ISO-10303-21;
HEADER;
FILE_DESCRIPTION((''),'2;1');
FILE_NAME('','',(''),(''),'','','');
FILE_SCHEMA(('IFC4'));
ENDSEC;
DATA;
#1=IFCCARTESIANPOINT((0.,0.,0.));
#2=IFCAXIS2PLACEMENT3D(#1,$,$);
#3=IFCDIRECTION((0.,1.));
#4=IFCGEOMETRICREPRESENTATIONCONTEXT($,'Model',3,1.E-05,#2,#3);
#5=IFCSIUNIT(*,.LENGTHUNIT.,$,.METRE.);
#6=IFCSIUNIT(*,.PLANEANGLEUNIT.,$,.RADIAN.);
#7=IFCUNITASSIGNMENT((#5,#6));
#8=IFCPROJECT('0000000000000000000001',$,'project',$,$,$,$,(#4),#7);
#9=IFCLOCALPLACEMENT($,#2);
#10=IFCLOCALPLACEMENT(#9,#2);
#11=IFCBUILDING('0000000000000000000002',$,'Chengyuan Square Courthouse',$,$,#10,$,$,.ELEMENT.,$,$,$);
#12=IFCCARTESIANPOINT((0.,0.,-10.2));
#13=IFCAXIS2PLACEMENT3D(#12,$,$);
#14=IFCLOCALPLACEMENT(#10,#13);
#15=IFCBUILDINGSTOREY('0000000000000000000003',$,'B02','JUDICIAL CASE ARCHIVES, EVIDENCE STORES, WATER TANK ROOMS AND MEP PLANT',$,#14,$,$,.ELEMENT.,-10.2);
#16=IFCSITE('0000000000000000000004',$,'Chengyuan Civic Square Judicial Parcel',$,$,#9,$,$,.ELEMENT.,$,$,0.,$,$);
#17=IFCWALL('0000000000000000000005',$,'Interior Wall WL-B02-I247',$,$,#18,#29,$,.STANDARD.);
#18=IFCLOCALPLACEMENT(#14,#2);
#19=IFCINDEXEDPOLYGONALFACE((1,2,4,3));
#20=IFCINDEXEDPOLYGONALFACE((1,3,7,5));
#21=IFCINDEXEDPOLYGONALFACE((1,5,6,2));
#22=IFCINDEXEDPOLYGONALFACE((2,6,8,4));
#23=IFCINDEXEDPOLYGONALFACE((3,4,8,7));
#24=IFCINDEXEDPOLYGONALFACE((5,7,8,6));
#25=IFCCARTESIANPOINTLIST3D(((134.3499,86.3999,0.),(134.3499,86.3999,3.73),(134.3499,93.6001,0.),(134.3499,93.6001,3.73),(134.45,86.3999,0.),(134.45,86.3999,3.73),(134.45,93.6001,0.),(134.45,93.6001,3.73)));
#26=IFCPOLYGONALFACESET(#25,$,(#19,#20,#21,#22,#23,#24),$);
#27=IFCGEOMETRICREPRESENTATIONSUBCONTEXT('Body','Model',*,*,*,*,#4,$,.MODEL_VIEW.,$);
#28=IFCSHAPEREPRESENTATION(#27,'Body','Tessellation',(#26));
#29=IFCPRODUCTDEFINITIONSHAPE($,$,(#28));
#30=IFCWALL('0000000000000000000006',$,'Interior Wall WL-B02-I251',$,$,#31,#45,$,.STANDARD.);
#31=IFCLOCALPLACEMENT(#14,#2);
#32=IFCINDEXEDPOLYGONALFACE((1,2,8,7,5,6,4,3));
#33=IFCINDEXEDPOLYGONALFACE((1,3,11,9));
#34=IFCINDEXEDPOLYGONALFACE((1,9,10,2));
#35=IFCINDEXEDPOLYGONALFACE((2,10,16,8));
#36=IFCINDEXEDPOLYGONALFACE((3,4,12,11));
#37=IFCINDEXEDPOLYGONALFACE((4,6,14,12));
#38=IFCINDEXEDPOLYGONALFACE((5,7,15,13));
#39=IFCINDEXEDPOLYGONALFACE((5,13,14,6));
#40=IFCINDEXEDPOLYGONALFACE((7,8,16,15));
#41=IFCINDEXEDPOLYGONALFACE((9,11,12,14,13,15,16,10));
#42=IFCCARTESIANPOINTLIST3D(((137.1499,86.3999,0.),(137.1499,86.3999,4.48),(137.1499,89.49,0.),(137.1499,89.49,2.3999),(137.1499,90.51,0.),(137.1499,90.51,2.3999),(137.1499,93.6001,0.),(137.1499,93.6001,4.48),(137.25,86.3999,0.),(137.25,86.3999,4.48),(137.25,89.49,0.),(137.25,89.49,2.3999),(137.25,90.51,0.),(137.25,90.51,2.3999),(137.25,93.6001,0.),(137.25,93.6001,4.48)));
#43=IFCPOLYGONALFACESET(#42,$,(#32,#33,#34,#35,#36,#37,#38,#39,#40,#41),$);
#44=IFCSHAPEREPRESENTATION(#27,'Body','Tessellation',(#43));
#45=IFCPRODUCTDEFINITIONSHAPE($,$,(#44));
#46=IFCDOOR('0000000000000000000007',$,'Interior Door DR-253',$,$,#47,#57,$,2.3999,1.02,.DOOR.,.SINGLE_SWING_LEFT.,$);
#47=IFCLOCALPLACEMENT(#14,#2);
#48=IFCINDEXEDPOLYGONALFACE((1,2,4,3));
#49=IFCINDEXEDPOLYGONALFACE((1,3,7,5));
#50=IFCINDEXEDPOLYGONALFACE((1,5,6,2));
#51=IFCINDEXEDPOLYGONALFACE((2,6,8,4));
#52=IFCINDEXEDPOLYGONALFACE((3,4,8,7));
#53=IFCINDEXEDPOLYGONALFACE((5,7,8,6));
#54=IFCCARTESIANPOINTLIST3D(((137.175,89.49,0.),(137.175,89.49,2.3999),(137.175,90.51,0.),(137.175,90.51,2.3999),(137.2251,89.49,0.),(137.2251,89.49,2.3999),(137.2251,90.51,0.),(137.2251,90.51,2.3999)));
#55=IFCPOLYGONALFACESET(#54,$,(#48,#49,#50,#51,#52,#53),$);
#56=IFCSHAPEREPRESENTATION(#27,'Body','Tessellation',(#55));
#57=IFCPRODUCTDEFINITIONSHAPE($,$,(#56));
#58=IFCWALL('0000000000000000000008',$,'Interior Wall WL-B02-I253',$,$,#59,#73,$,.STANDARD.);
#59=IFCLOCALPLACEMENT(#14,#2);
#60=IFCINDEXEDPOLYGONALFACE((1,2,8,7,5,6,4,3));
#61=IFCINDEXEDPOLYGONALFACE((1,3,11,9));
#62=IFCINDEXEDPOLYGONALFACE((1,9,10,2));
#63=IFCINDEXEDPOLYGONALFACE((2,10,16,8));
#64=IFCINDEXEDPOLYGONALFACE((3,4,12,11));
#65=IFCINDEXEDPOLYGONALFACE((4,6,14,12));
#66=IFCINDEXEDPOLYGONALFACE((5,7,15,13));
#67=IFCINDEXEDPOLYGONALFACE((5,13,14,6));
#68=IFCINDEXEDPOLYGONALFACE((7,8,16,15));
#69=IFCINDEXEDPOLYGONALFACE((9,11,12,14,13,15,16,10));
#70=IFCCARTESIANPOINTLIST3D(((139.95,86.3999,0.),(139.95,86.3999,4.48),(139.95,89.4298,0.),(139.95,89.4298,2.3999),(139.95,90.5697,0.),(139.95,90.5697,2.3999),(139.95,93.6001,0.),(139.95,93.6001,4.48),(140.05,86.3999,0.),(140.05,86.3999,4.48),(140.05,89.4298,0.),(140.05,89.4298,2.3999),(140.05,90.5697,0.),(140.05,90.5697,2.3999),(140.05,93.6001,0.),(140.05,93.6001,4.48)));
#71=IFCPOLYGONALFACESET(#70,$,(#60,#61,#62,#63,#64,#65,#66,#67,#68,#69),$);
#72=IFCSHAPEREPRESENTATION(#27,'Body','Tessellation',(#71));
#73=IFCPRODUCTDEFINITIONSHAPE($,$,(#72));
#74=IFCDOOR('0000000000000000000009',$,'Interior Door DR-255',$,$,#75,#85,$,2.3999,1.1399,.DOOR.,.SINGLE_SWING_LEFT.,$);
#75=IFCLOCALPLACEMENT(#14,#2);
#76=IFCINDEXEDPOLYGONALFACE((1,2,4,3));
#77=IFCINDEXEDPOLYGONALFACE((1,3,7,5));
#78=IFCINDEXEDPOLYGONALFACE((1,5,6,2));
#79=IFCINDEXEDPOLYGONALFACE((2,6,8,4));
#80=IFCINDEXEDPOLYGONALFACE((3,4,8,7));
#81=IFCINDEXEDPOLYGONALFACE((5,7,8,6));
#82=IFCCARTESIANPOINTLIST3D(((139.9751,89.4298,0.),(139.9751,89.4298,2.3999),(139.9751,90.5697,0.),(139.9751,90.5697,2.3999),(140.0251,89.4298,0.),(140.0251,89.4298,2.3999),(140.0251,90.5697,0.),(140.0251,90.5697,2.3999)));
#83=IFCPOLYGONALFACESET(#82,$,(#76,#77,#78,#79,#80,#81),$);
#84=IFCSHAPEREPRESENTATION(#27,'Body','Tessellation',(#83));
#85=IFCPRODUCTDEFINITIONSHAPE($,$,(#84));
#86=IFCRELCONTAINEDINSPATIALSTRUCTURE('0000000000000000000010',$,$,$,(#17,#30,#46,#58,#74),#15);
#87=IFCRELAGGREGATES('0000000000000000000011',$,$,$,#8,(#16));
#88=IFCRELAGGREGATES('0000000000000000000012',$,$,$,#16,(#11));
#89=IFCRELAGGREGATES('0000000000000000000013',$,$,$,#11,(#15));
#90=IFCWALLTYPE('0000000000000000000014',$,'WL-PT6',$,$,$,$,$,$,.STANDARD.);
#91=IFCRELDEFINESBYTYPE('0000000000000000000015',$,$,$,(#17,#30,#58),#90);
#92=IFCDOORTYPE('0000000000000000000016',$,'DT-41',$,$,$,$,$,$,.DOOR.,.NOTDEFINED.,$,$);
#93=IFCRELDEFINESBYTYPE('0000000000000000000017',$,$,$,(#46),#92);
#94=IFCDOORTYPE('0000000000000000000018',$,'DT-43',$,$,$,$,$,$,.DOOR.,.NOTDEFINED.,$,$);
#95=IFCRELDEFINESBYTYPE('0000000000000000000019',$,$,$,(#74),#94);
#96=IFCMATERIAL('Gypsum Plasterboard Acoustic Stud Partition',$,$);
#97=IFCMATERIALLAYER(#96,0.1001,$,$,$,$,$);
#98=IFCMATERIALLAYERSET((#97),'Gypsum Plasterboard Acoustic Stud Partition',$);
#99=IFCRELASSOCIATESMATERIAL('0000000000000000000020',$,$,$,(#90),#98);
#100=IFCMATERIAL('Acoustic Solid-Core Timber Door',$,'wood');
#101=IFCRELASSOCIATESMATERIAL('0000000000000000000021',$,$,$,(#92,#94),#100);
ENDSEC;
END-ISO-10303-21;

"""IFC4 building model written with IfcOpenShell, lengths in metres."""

from ifc_helpers import new_model, si_unit, direction, frame, frame_2d, origin, place, context, subcontext, project, spatial, rectangle, extrude, material, layer, layer_set, type_object, element, fill, save


model = new_model("IFC4")

# Units and contexts
model_context = context("Model", 3, precision=1e-05, world=origin(), true_north=direction((0.0, 1.0)))
body_context = subcontext(model_context, "Body", "Model", "MODEL_VIEW")
ifc_project = project(units=[si_unit("LENGTHUNIT", "METRE"), si_unit("PLANEANGLEUNIT", "RADIAN")], contexts=[model_context])

# Site, building, storey
site_placement = place(None, origin())
site = spatial("IfcSite", under=ifc_project, at=site_placement, Name="Chengyuan Civic Square Judicial Parcel", CompositionType="ELEMENT", RefElevation=0.0)
building_placement = place(site_placement, origin())
building = spatial("IfcBuilding", under=site, at=building_placement, Name="Chengyuan Square Courthouse", CompositionType="ELEMENT")
storey_placement = place(building_placement, frame((0.0, 0.0, -10.2)))
storey = spatial("IfcBuildingStorey", under=building, at=storey_placement, Name="B02", Description="JUDICIAL CASE ARCHIVES, EVIDENCE STORES, WATER TANK ROOMS AND MEP PLANT", CompositionType="ELEMENT", Elevation=-10.2)

# Wall
ifc_material_1 = material(Name="Gypsum Plasterboard Acoustic Stud Partition")
ifc_layer = layer(ifc_material_1, 0.1001)
ifc_layer_set = layer_set([ifc_layer], Name="Gypsum Plasterboard Acoustic Stud Partition")
wall_type = type_object("IfcWallType", Name="WL-PT6", PredefinedType="STANDARD", material=ifc_layer_set)
wall_1_placement = place(storey_placement, frame((134.3999, 86.3999, 0.0), z_axis=(0.0, 0.0, 1.0), x_axis=(0.0, 1.0, 0.0)))
element("IfcWall", 1, at=wall_1_placement, inside=storey, type_object=wall_type, Name="Interior Wall WL-B02-I247", PredefinedType="STANDARD", context=body_context, shape_type="SweptSolid", body=[
    extrude(rectangle(XDim=7.2002, YDim=0.1001, at=frame_2d((3.6001, 0.0))), origin(), (0.0, 0.0, 1.0), 3.73),
])

# Walls, openings, doors
wall_2_placement = place(storey_placement, frame((137.2, 86.3999, 0.0), z_axis=(0.0, 0.0, 1.0), x_axis=(0.0, 1.0, 0.0)))
wall_2 = element("IfcWall", 2, at=wall_2_placement, inside=storey, type_object=wall_type, Name="Interior Wall WL-B02-I251", PredefinedType="STANDARD", context=body_context, shape_type="SweptSolid", body=[
    extrude(rectangle(XDim=7.2002, YDim=0.1001, at=frame_2d((3.6001, 0.0))), origin(), (0.0, 0.0, 1.0), 4.48),
])
opening_1_placement = place(wall_2_placement, frame((3.0901, 0.0, 0.0)))
opening_1 = element("IfcOpeningElement", 3, at=opening_1_placement, cuts=wall_2, PredefinedType="OPENING", context=body_context, shape_type="SweptSolid", body=[
    extrude(rectangle(XDim=1.02, YDim=2.3999, at=frame_2d((0.51, 1.2))), frame((0.0, 0.062, 0.0), z_axis=(0.0, -1.0, 0.0), x_axis=(1.0, 0.0, 0.0)), (0.0, 0.0, 1.0), 0.124),
])
ifc_material_2 = material(Name="Acoustic Solid-Core Timber Door", Category="wood")
door_type_1 = type_object("IfcDoorType", Name="DT-41", OperationType="NOTDEFINED", PredefinedType="DOOR", material=ifc_material_2)
door_1_placement = place(opening_1_placement, origin())
door_1 = element("IfcDoor", 4, at=door_1_placement, inside=storey, type_object=door_type_1, Name="Interior Door DR-253", OperationType="SINGLE_SWING_LEFT", OverallHeight=2.3999, OverallWidth=1.02, PredefinedType="DOOR", context=body_context, shape_type="SweptSolid", body=[
    extrude(rectangle(XDim=1.02, YDim=2.3999, at=frame_2d((0.51, 1.2))), frame((0.0, 0.0249, 0.0), z_axis=(0.0, -1.0, 0.0), x_axis=(1.0, 0.0, 0.0)), (0.0, 0.0, 1.0), 0.05),
])
fill(opening_1, door_1)
wall_3_placement = place(storey_placement, frame((140.0, 86.3999, 0.0), z_axis=(0.0, 0.0, 1.0), x_axis=(0.0, 1.0, 0.0)))
wall_3 = element("IfcWall", 5, at=wall_3_placement, inside=storey, type_object=wall_type, Name="Interior Wall WL-B02-I253", PredefinedType="STANDARD", context=body_context, shape_type="SweptSolid", body=[
    extrude(rectangle(XDim=7.2002, YDim=0.1001, at=frame_2d((3.6001, 0.0))), origin(), (0.0, 0.0, 1.0), 4.48),
])
opening_2_placement = place(wall_3_placement, frame((3.03, 0.0, 0.0)))
opening_2 = element("IfcOpeningElement", 6, at=opening_2_placement, cuts=wall_3, PredefinedType="OPENING", context=body_context, shape_type="SweptSolid", body=[
    extrude(rectangle(XDim=1.1399, YDim=2.3999, at=frame_2d((0.5698, 1.2))), frame((0.0, 0.062, 0.0), z_axis=(0.0, -1.0, 0.0), x_axis=(1.0, 0.0, 0.0)), (0.0, 0.0, 1.0), 0.124),
])
door_type_2 = type_object("IfcDoorType", Name="DT-43", OperationType="NOTDEFINED", PredefinedType="DOOR", material=ifc_material_2)
door_2_placement = place(opening_2_placement, origin())
door_2 = element("IfcDoor", 7, at=door_2_placement, inside=storey, type_object=door_type_2, Name="Interior Door DR-255", OperationType="SINGLE_SWING_LEFT", OverallHeight=2.3999, OverallWidth=1.1399, PredefinedType="DOOR", context=body_context, shape_type="SweptSolid", body=[
    extrude(rectangle(XDim=1.1399, YDim=2.3999, at=frame_2d((0.5698, 1.2))), frame((0.0, 0.0249, 0.0), z_axis=(0.0, -1.0, 0.0), x_axis=(1.0, 0.0, 0.0)), (0.0, 0.0, 1.0), 0.05),
])
fill(opening_2, door_2)

save(model, "model.ifc")
